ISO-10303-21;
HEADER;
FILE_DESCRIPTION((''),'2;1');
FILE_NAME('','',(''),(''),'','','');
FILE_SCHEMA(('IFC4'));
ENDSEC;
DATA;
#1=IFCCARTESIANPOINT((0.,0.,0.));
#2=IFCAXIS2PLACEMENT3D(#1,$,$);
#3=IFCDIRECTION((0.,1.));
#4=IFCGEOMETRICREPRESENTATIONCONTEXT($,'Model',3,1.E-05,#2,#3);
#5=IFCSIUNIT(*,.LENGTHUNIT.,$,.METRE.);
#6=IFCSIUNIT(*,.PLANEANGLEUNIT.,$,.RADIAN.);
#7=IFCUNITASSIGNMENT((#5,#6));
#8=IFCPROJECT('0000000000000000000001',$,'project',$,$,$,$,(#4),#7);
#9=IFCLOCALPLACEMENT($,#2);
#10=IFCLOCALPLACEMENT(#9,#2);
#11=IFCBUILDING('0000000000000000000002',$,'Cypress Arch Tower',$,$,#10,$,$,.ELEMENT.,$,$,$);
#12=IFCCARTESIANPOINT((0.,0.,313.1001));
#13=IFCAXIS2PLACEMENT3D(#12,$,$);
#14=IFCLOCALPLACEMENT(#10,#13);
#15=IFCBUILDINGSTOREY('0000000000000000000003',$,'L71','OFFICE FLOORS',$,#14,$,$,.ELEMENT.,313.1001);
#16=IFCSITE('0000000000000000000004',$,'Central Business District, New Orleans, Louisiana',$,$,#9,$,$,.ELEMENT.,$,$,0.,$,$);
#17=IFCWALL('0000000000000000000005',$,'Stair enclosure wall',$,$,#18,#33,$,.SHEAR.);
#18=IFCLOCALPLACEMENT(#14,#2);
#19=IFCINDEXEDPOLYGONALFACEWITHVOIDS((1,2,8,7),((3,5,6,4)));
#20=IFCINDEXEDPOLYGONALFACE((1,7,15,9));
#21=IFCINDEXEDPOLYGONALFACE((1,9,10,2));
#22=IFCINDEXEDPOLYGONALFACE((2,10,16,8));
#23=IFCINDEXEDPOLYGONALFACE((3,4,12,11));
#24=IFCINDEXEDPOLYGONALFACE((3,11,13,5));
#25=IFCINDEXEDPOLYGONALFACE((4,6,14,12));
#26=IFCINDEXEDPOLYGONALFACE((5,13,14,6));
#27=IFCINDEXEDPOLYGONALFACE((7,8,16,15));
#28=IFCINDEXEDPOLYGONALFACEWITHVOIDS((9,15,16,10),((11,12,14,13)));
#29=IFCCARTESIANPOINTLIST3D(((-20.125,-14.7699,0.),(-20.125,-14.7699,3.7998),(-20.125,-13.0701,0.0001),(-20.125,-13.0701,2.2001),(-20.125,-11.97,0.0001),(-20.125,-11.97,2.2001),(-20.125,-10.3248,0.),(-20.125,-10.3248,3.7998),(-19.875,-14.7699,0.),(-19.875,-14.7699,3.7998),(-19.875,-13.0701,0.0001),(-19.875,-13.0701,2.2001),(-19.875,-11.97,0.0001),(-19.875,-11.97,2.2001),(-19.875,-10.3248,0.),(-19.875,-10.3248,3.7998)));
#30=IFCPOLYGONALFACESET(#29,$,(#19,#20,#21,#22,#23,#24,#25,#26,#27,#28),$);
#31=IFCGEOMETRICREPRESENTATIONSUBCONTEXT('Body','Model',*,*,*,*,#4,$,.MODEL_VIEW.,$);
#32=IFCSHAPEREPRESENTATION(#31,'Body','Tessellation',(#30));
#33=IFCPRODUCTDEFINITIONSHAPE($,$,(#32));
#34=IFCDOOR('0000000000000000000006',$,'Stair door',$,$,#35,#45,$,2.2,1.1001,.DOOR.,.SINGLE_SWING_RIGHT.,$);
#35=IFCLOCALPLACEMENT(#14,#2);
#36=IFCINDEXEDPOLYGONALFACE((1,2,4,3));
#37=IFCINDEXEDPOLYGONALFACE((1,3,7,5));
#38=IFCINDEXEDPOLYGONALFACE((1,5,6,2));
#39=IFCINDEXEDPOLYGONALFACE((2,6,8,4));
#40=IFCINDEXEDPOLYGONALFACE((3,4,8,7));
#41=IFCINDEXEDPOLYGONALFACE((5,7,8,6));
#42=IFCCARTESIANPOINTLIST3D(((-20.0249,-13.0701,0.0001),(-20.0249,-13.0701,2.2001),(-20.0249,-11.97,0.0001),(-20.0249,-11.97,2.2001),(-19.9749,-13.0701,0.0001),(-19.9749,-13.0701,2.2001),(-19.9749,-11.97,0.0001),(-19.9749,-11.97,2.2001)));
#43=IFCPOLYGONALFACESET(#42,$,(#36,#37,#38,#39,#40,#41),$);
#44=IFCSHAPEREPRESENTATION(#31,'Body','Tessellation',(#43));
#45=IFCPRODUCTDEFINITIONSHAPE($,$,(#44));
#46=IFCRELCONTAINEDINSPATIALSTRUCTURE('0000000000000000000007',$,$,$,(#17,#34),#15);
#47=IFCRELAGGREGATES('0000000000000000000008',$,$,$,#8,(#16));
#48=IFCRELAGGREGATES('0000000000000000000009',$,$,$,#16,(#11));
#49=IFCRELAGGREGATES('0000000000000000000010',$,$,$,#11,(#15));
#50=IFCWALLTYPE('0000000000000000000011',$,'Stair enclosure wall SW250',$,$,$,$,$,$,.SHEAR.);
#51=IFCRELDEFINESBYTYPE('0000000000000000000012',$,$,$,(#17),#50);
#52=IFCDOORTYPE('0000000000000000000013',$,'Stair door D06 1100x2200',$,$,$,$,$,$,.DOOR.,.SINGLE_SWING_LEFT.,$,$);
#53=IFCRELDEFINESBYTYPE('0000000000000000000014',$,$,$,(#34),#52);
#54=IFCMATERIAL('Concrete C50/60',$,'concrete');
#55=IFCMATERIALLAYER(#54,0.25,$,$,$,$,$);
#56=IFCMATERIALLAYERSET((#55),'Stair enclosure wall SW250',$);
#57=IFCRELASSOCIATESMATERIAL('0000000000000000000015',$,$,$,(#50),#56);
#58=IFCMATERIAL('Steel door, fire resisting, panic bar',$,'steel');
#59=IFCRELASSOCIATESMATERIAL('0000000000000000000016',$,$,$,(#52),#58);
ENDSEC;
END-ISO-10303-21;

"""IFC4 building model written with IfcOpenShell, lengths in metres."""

from ifc_helpers import new_model, si_unit, direction, frame, frame_2d, origin, place, context, subcontext, project, spatial, rectangle, extrude, material, layer, layer_set, type_object, element, fill, save


model = new_model("IFC4")

# Units and contexts
model_context = context("Model", 3, precision=1e-05, world=origin(), true_north=direction((0.0, 1.0)))
body_context = subcontext(model_context, "Body", "Model", "MODEL_VIEW")
ifc_project = project(units=[si_unit("LENGTHUNIT", "METRE"), si_unit("PLANEANGLEUNIT", "RADIAN")], contexts=[model_context])

# Site, building, storey
site_placement = place(None, origin())
site = spatial("IfcSite", under=ifc_project, at=site_placement, Name="Central Business District, New Orleans, Louisiana", CompositionType="ELEMENT", RefElevation=0.0)
building_placement = place(site_placement, origin())
building = spatial("IfcBuilding", under=site, at=building_placement, Name="Cypress Arch Tower", CompositionType="ELEMENT")
storey_placement = place(building_placement, frame((0.0, 0.0, 313.1001)))
storey = spatial("IfcBuildingStorey", under=building, at=storey_placement, Name="L71", Description="OFFICE FLOORS", CompositionType="ELEMENT", Elevation=313.1001)

# Wall, opening, door
ifc_material_1 = material(Name="Concrete C50/60", Category="concrete")
ifc_layer_1 = layer(ifc_material_1, 0.25)
ifc_layer_set_1 = layer_set([ifc_layer_1], Name="Stair enclosure wall SW250")
wall_type_1 = type_object("IfcWallType", Name="Stair enclosure wall SW250", PredefinedType="SHEAR", material=ifc_layer_set_1)
wall_1_placement = place(storey_placement, frame((-20.0, -14.77, 0.0), z_axis=(0.0, 0.0, 1.0), x_axis=(0.0, 1.0, 0.0)))
wall_1 = element("IfcWall", 1, at=wall_1_placement, inside=storey, type_object=wall_type_1, Name="Stair enclosure wall", PredefinedType="SHEAR", context=body_context, shape_type="SweptSolid", body=[
    extrude(rectangle(XDim=4.4451, YDim=0.25, at=frame_2d((2.2227, 0.0))), origin(), (0.0, 0.0, 1.0), 3.7998),
])
opening_1_placement = place(wall_1_placement, frame((1.7, 0.0, 0.0)))
opening_1 = element("IfcOpeningElement", 2, at=opening_1_placement, cuts=wall_1, PredefinedType="OPENING", context=body_context, shape_type="SweptSolid", body=[
    extrude(rectangle(XDim=1.1001, YDim=2.2, at=frame_2d((0.55, 1.1001))), frame((0.0, 0.135, 0.0), z_axis=(0.0, -1.0, 0.0), x_axis=(1.0, 0.0, 0.0)), (0.0, 0.0, 1.0), 0.27),
])
ifc_material_2 = material(Name="Steel door, fire resisting, panic bar", Category="steel")
door_type_1 = type_object("IfcDoorType", Name="Stair door D06 1100x2200", OperationType="SINGLE_SWING_LEFT", PredefinedType="DOOR", material=ifc_material_2)
door_1_placement = place(opening_1_placement, origin())
door_1 = element("IfcDoor", 3, at=door_1_placement, inside=storey, type_object=door_type_1, Name="Stair door", OperationType="SINGLE_SWING_RIGHT", OverallHeight=2.2, OverallWidth=1.1001, PredefinedType="DOOR", context=body_context, shape_type="SweptSolid", body=[
    extrude(rectangle(XDim=1.1001, YDim=2.2, at=frame_2d((0.55, 1.1001))), frame((0.0, 0.0249, 0.0), z_axis=(0.0, -1.0, 0.0), x_axis=(1.0, 0.0, 0.0)), (0.0, 0.0, 1.0), 0.05),
])
fill(opening_1, door_1)

save(model, "model.ifc")
